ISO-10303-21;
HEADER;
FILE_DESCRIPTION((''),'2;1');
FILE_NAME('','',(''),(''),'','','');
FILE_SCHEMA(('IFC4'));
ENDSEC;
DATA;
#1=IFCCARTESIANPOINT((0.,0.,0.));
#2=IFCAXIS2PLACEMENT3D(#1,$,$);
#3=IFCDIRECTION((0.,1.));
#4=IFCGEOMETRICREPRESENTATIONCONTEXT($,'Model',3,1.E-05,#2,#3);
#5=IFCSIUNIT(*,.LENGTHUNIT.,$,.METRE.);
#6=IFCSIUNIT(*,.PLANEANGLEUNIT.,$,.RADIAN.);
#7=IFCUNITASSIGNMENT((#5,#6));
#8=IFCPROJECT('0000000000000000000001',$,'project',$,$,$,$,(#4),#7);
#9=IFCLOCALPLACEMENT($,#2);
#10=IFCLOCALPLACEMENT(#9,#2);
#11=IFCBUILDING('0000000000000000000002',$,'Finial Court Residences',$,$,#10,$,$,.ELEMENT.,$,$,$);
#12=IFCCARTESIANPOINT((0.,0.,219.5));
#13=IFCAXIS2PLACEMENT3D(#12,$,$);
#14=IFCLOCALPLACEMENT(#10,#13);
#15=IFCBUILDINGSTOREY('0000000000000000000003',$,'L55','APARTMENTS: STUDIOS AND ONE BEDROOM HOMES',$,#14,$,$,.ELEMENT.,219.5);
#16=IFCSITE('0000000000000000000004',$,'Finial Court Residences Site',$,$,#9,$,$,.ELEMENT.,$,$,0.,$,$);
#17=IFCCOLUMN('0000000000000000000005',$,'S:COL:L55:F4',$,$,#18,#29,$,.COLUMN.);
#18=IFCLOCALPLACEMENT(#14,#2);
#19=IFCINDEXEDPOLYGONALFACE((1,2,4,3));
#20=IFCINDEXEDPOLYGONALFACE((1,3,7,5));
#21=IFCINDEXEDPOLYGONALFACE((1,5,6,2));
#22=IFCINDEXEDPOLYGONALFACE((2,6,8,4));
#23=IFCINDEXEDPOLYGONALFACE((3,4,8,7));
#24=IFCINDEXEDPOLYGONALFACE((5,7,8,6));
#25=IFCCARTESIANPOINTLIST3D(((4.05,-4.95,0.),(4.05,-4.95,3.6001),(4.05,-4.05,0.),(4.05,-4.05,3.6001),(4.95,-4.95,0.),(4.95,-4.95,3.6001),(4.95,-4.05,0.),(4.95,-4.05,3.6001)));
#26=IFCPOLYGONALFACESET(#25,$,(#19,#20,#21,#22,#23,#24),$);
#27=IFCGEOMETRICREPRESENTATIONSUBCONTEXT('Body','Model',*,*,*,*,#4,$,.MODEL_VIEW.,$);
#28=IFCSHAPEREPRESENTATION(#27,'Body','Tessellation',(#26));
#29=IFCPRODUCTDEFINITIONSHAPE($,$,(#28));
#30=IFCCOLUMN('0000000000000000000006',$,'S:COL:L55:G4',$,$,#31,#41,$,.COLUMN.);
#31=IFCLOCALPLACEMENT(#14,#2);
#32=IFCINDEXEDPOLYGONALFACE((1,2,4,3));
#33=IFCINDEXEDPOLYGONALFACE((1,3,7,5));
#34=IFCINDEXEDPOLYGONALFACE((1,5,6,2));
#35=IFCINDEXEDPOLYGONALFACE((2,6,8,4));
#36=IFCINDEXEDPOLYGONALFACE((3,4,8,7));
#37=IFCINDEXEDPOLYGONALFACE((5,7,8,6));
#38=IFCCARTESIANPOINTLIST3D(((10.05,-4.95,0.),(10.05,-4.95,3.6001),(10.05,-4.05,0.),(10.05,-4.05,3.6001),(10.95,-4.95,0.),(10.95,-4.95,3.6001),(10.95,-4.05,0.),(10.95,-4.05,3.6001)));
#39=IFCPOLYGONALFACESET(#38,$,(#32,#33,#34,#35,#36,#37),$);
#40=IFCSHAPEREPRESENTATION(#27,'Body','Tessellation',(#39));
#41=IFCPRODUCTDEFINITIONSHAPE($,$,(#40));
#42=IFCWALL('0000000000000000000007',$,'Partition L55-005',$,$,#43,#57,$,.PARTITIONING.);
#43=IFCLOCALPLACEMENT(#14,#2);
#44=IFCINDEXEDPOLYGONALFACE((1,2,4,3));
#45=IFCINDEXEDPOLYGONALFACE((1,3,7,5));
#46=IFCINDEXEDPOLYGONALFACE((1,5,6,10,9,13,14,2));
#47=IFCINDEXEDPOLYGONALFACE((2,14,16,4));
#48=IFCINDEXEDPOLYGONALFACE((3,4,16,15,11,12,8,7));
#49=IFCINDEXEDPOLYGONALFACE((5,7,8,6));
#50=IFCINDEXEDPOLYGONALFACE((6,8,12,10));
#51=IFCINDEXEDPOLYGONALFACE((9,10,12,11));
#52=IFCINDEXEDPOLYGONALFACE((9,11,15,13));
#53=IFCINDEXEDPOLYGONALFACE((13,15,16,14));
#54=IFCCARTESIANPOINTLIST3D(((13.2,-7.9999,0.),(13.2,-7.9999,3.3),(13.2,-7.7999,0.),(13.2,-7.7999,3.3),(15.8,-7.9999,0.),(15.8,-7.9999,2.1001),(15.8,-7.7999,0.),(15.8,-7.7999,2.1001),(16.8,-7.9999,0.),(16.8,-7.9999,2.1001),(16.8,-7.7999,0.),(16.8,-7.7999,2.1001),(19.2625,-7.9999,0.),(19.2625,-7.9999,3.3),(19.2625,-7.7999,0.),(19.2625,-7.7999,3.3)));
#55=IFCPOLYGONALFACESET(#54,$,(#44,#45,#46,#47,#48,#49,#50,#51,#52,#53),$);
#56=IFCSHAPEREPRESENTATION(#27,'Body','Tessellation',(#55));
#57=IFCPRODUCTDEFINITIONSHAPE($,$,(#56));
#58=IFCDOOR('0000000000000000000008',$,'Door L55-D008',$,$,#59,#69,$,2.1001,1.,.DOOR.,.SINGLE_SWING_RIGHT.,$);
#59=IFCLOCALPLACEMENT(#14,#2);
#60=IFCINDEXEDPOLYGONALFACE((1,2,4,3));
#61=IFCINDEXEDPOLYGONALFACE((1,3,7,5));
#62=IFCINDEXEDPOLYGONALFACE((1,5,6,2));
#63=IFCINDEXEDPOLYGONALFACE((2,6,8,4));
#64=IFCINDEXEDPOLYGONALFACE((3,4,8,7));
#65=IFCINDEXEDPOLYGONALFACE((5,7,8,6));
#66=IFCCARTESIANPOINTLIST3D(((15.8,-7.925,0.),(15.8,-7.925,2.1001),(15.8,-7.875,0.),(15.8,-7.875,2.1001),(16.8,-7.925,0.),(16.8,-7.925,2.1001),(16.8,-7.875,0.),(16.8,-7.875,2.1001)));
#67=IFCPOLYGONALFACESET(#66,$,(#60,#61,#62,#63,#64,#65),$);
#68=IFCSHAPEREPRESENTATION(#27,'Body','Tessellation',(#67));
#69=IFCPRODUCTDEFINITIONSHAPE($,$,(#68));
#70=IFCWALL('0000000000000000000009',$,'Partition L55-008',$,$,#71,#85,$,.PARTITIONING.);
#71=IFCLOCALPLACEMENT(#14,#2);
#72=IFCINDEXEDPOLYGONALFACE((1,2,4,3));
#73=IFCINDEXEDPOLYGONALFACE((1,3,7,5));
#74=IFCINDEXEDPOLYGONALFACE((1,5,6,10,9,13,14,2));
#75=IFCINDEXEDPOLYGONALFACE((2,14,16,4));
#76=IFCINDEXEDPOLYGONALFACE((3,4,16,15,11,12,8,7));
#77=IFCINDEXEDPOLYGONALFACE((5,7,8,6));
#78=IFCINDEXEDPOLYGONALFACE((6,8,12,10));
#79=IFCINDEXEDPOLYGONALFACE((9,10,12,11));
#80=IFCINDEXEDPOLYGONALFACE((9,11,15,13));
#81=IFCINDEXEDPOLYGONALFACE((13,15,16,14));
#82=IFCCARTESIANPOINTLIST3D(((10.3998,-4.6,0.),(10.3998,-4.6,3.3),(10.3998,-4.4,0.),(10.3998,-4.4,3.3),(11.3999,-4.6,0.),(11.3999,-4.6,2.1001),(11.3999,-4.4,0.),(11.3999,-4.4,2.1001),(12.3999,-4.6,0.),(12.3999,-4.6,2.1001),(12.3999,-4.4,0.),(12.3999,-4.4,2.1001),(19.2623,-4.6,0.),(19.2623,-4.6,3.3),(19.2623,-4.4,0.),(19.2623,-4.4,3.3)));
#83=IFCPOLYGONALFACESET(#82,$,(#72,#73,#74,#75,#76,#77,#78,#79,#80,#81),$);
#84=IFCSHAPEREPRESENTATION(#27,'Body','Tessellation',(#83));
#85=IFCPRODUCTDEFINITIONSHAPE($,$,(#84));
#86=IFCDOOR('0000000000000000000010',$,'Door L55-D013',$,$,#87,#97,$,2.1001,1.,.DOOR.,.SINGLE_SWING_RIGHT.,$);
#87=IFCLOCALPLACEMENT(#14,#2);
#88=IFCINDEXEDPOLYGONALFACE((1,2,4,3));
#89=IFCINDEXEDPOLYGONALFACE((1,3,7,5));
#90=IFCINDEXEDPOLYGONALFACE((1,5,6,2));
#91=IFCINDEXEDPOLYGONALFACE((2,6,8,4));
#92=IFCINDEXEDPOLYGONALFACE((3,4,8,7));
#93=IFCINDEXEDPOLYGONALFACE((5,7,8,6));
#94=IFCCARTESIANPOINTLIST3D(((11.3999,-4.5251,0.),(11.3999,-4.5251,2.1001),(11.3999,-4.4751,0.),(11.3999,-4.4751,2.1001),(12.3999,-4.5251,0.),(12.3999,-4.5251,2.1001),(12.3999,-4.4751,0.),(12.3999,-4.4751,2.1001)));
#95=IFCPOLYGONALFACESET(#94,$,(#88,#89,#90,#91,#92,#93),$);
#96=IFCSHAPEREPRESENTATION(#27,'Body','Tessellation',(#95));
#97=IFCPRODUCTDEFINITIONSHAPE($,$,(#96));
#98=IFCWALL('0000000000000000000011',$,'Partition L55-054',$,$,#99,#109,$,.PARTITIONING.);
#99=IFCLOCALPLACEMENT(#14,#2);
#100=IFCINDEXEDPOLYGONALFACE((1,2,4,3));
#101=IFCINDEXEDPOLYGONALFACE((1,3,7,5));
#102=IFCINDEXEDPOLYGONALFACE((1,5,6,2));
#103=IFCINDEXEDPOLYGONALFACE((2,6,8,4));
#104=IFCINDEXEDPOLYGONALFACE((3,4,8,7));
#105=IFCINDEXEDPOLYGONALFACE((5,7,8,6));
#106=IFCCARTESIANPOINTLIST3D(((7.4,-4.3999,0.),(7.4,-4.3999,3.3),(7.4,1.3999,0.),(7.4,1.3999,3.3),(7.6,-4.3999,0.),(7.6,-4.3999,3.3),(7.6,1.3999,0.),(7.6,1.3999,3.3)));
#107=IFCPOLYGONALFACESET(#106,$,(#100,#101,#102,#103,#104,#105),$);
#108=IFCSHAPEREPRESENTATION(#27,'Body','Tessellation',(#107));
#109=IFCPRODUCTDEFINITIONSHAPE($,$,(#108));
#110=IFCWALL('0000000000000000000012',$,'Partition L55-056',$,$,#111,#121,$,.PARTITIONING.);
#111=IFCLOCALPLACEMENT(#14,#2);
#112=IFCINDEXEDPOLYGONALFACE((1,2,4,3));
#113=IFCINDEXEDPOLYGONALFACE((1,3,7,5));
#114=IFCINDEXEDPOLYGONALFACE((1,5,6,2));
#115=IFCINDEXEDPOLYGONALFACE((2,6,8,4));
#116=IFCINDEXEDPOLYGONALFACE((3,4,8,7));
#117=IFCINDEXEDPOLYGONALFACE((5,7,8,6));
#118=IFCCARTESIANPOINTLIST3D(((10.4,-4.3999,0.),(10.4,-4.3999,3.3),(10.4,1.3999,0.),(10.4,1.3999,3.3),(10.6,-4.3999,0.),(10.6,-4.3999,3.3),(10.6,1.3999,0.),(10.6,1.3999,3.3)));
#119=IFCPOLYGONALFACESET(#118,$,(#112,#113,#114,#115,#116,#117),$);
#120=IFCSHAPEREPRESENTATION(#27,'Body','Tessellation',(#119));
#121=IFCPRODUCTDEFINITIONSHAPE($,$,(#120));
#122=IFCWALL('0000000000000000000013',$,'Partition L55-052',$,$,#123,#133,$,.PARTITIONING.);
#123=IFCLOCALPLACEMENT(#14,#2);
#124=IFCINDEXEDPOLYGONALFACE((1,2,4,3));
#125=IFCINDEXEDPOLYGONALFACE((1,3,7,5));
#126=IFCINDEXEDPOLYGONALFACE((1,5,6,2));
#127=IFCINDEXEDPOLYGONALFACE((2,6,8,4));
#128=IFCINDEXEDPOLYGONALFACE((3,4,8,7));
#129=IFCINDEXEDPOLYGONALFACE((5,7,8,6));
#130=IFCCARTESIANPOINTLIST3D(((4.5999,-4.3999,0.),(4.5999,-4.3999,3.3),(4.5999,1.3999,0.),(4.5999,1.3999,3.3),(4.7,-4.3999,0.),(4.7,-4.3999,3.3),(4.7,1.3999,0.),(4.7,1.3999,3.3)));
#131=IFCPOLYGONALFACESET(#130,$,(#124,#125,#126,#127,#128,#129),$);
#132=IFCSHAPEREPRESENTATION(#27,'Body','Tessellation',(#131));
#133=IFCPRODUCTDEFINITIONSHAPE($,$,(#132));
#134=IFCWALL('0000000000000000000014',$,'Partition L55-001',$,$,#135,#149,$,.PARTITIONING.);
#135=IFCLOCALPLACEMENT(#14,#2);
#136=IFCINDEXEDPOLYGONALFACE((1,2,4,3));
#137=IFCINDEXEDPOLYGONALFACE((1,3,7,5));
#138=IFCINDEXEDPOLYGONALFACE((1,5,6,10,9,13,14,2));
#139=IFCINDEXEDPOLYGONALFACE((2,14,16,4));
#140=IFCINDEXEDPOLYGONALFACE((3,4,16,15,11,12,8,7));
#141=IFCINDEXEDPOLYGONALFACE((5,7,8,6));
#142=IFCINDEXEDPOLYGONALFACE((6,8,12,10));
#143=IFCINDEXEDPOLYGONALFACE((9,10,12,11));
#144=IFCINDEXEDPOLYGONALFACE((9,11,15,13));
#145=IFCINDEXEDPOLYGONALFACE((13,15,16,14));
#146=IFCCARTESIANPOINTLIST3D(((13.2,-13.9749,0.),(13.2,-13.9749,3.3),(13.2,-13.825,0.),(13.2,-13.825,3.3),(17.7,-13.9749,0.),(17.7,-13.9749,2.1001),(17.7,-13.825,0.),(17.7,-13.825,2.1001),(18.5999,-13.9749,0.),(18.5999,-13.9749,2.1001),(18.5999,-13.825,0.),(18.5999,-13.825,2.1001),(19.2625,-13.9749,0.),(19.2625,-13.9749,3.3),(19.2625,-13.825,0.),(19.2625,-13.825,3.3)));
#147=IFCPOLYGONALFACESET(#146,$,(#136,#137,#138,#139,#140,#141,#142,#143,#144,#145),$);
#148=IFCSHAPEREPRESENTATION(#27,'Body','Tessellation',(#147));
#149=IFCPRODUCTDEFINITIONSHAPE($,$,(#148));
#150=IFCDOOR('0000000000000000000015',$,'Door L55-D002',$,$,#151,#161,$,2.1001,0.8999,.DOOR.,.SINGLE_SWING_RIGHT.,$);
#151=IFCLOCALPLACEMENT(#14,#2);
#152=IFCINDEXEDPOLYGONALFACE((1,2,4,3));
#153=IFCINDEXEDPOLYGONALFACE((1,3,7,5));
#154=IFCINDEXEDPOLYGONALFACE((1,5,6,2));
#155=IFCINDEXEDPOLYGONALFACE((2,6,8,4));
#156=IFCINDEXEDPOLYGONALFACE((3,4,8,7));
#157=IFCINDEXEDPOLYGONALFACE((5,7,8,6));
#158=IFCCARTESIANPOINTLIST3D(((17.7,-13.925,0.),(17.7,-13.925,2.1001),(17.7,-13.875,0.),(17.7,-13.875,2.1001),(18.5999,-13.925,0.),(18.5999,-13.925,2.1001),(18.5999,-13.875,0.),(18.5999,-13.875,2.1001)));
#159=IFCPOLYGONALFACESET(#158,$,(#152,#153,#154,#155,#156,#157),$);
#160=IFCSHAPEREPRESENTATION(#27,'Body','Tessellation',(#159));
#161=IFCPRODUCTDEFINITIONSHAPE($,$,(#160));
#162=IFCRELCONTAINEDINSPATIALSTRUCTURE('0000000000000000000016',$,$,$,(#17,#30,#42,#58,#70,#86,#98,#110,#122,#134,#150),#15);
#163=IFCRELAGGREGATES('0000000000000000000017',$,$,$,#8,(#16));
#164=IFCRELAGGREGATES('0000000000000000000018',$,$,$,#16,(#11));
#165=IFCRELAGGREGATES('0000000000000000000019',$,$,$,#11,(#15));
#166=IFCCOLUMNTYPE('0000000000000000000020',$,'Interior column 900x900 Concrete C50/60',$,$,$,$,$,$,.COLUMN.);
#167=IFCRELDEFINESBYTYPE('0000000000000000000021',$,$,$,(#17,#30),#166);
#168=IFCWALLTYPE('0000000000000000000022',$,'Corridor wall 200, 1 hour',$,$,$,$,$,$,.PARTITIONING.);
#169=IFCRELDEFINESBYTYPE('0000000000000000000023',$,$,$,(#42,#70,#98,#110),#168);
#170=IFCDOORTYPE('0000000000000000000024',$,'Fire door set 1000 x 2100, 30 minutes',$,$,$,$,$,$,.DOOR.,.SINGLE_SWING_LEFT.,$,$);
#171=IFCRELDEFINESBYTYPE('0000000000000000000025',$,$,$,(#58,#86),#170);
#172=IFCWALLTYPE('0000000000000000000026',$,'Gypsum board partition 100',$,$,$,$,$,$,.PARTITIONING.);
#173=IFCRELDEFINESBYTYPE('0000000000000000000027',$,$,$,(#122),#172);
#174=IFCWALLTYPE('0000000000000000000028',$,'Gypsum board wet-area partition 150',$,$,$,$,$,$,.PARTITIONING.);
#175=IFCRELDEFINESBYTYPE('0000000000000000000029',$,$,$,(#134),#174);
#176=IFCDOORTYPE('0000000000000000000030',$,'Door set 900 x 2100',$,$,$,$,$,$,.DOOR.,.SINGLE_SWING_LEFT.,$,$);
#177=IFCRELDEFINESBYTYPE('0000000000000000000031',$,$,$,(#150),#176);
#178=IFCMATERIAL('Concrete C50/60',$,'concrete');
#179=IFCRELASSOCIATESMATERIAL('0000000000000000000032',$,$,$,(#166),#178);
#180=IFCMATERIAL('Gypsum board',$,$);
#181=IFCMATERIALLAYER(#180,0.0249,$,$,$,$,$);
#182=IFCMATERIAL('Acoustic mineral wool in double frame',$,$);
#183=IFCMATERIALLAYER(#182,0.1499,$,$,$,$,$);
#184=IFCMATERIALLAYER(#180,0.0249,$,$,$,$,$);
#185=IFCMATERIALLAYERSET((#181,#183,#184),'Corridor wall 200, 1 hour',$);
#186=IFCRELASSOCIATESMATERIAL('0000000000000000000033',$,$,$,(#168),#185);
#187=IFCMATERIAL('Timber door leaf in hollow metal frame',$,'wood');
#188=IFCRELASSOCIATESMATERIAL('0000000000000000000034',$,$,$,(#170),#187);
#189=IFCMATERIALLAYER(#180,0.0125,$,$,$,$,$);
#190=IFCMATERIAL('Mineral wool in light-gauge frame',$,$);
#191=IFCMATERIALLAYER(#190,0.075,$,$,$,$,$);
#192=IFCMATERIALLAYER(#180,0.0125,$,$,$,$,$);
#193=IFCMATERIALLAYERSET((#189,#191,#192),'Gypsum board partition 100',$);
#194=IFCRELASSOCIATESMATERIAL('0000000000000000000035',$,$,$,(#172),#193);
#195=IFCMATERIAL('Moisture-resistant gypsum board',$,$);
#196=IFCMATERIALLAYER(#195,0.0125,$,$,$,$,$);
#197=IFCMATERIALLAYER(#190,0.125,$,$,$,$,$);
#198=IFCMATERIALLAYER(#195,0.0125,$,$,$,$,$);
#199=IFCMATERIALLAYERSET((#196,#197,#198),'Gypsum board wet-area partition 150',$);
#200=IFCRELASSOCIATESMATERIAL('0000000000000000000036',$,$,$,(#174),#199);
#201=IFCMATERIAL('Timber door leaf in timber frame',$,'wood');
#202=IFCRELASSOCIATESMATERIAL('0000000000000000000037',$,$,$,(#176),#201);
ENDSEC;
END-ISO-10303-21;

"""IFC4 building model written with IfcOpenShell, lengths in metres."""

from ifc_helpers import new_model, si_unit, direction, frame, frame_2d, origin, origin_2d, place, context, subcontext, project, spatial, rectangle, extrude, material, layer, layer_set, material_profile, profile_set, type_object, element, fill, save


model = new_model("IFC4")

# Units and contexts
model_context = context("Model", 3, precision=1e-05, world=origin(), true_north=direction((0.0, 1.0)))
body_context = subcontext(model_context, "Body", "Model", "MODEL_VIEW")
ifc_project = project(units=[si_unit("LENGTHUNIT", "METRE"), si_unit("PLANEANGLEUNIT", "RADIAN")], contexts=[model_context])

# Site, building, storey
site_placement = place(None, origin())
site = spatial("IfcSite", under=ifc_project, at=site_placement, Name="Finial Court Residences Site", CompositionType="ELEMENT", RefElevation=0.0)
building_placement = place(site_placement, origin())
building = spatial("IfcBuilding", under=site, at=building_placement, Name="Finial Court Residences", CompositionType="ELEMENT")
storey_placement = place(building_placement, frame((0.0, 0.0, 219.5)))
storey = spatial("IfcBuildingStorey", under=building, at=storey_placement, Name="L55", Description="APARTMENTS: STUDIOS AND ONE BEDROOM HOMES", CompositionType="ELEMENT", Elevation=219.5)

# Columns
ifc_material_1 = material(Name="Concrete C50/60", Category="concrete")
ifc_material_profile = material_profile(ifc_material_1, rectangle(XDim=0.8999, YDim=0.8999, at=origin_2d()), Name="900x900")
ifc_profile_set = profile_set([ifc_material_profile], Name="Concrete C50/60")
column_type = type_object("IfcColumnType", Name="Interior column 900x900 Concrete C50/60", PredefinedType="COLUMN", material=ifc_profile_set)
for number, where, z_axis, x_axis, name in (
    (1, (4.5, -4.5, 0.0), (0.0, 0.0, 1.0), (1.0, 0.0, 0.0), "S:COL:L55:F4"),
    (2, (10.5, -4.5, 0.0), (0.0, 0.0, 1.0), (1.0, 0.0, 0.0), "S:COL:L55:G4"),
):
    element("IfcColumn", number, at=place(storey_placement, frame(where, z_axis=z_axis, x_axis=x_axis)), inside=storey, type_object=column_type, Name=name, PredefinedType="COLUMN", context=body_context, shape_type="SweptSolid", body=[
        extrude(rectangle(XDim=0.8999, YDim=0.8999, at=origin_2d()), origin(), (0.0, 0.0, 1.0), 3.6001),
    ])

# Walls, openings, doors
ifc_material_2 = material(Name="Gypsum board")
ifc_layer_1 = layer(ifc_material_2, 0.0249)
ifc_material_3 = material(Name="Acoustic mineral wool in double frame")
ifc_layer_2 = layer(ifc_material_3, 0.1499)
ifc_layer_3 = layer(ifc_material_2, 0.0249)
ifc_layer_set_1 = layer_set([ifc_layer_1, ifc_layer_2, ifc_layer_3], Name="Corridor wall 200, 1 hour")
wall_type_1 = type_object("IfcWallType", Name="Corridor wall 200, 1 hour", PredefinedType="PARTITIONING", material=ifc_layer_set_1)
wall_1_placement = place(storey_placement, frame((13.2, -7.8999, 0.0), z_axis=(0.0, 0.0, 1.0), x_axis=(1.0, 0.0, 0.0)))
wall_1 = element("IfcWall", 3, at=wall_1_placement, inside=storey, type_object=wall_type_1, Name="Partition L55-005", PredefinedType="PARTITIONING", context=body_context, shape_type="SweptSolid", body=[
    extrude(rectangle(XDim=6.0625, YDim=0.2, at=frame_2d((3.0312, 0.0))), origin(), (0.0, 0.0, 1.0), 3.3),
])
opening_1_placement = place(wall_1_placement, frame((2.6001, 0.0, 0.0)))
opening_1 = element("IfcOpeningElement", 4, at=opening_1_placement, cuts=wall_1, PredefinedType="OPENING", context=body_context, shape_type="SweptSolid", body=[
    extrude(rectangle(XDim=1.0, YDim=2.1001, at=frame_2d((0.5, 1.05))), frame((0.0, 0.1099, 0.0), z_axis=(0.0, -1.0, 0.0), x_axis=(1.0, 0.0, 0.0)), (0.0, 0.0, 1.0), 0.22),
])
ifc_material_4 = material(Name="Timber door leaf in hollow metal frame", Category="wood")
door_type_1 = type_object("IfcDoorType", Name="Fire door set 1000 x 2100, 30 minutes", OperationType="SINGLE_SWING_LEFT", PredefinedType="DOOR", material=ifc_material_4)
door_1_placement = place(opening_1_placement, origin())
door_1 = element("IfcDoor", 5, at=door_1_placement, inside=storey, type_object=door_type_1, Name="Door L55-D008", OperationType="SINGLE_SWING_RIGHT", OverallHeight=2.1001, OverallWidth=1.0, PredefinedType="DOOR", context=body_context, shape_type="SweptSolid", body=[
    extrude(rectangle(XDim=1.0, YDim=2.1001, at=frame_2d((0.5, 1.05))), frame((0.0, 0.0249, 0.0), z_axis=(0.0, -1.0, 0.0), x_axis=(1.0, 0.0, 0.0)), (0.0, 0.0, 1.0), 0.05),
])
fill(opening_1, door_1)
wall_2_placement = place(storey_placement, frame((10.3999, -4.5, 0.0), z_axis=(0.0, 0.0, 1.0), x_axis=(1.0, 0.0, 0.0)))
wall_2 = element("IfcWall", 6, at=wall_2_placement, inside=storey, type_object=wall_type_1, Name="Partition L55-008", PredefinedType="PARTITIONING", context=body_context, shape_type="SweptSolid", body=[
    extrude(rectangle(XDim=8.8625, YDim=0.2, at=frame_2d((4.4312, 0.0))), origin(), (0.0, 0.0, 1.0), 3.3),
])
opening_2_placement = place(wall_2_placement, frame((1.0, 0.0, 0.0)))
opening_2 = element("IfcOpeningElement", 7, at=opening_2_placement, cuts=wall_2, PredefinedType="OPENING", context=body_context, shape_type="SweptSolid", body=[
    extrude(rectangle(XDim=1.0, YDim=2.1001, at=frame_2d((0.5, 1.05))), frame((0.0, 0.1099, 0.0), z_axis=(0.0, -1.0, 0.0), x_axis=(1.0, 0.0, 0.0)), (0.0, 0.0, 1.0), 0.22),
])
door_2_placement = place(opening_2_placement, origin())
door_2 = element("IfcDoor", 8, at=door_2_placement, inside=storey, type_object=door_type_1, Name="Door L55-D013", OperationType="SINGLE_SWING_RIGHT", OverallHeight=2.1001, OverallWidth=1.0, PredefinedType="DOOR", context=body_context, shape_type="SweptSolid", body=[
    extrude(rectangle(XDim=1.0, YDim=2.1001, at=frame_2d((0.5, 1.05))), frame((0.0, 0.0249, 0.0), z_axis=(0.0, -1.0, 0.0), x_axis=(1.0, 0.0, 0.0)), (0.0, 0.0, 1.0), 0.05),
])
fill(opening_2, door_2)

# Walls
for number, where, z_axis, x_axis, name in (
    (9, (7.5, -4.3999, 0.0), (0.0, 0.0, 1.0), (0.0, 1.0, 0.0), "Partition L55-054"),
    (10, (10.5, -4.3999, 0.0), (0.0, 0.0, 1.0), (0.0, 1.0, 0.0), "Partition L55-056"),
):
    element("IfcWall", number, at=place(storey_placement, frame(where, z_axis=z_axis, x_axis=x_axis)), inside=storey, type_object=wall_type_1, Name=name, PredefinedType="PARTITIONING", context=body_context, shape_type="SweptSolid", body=[
        extrude(rectangle(XDim=5.7998, YDim=0.2, at=frame_2d((2.8999, 0.0))), origin(), (0.0, 0.0, 1.0), 3.3),
    ])
ifc_layer_4 = layer(ifc_material_2, 0.0125)
ifc_material_5 = material(Name="Mineral wool in light-gauge frame")
ifc_layer_5 = layer(ifc_material_5, 0.075)
ifc_layer_6 = layer(ifc_material_2, 0.0125)
ifc_layer_set_2 = layer_set([ifc_layer_4, ifc_layer_5, ifc_layer_6], Name="Gypsum board partition 100")
wall_type_2 = type_object("IfcWallType", Name="Gypsum board partition 100", PredefinedType="PARTITIONING", material=ifc_layer_set_2)
wall_3_placement = place(storey_placement, frame((4.6499, -4.3999, 0.0), z_axis=(0.0, 0.0, 1.0), x_axis=(0.0, 1.0, 0.0)))
element("IfcWall", 11, at=wall_3_placement, inside=storey, type_object=wall_type_2, Name="Partition L55-052", PredefinedType="PARTITIONING", context=body_context, shape_type="SweptSolid", body=[
    extrude(rectangle(XDim=5.7998, YDim=0.1001, at=frame_2d((2.8999, 0.0))), origin(), (0.0, 0.0, 1.0), 3.3),
])

# Wall, opening, door
ifc_material_6 = material(Name="Moisture-resistant gypsum board")
ifc_layer_7 = layer(ifc_material_6, 0.0125)
ifc_layer_8 = layer(ifc_material_5, 0.125)
ifc_layer_9 = layer(ifc_material_6, 0.0125)
ifc_layer_set_3 = layer_set([ifc_layer_7, ifc_layer_8, ifc_layer_9], Name="Gypsum board wet-area partition 150")
wall_type_3 = type_object("IfcWallType", Name="Gypsum board wet-area partition 150", PredefinedType="PARTITIONING", material=ifc_layer_set_3)
wall_4_placement = place(storey_placement, frame((13.2, -13.8999, 0.0), z_axis=(0.0, 0.0, 1.0), x_axis=(1.0, 0.0, 0.0)))
wall_4 = element("IfcWall", 12, at=wall_4_placement, inside=storey, type_object=wall_type_3, Name="Partition L55-001", PredefinedType="PARTITIONING", context=body_context, shape_type="SweptSolid", body=[
    extrude(rectangle(XDim=6.0625, YDim=0.1499, at=frame_2d((3.0312, 0.0))), origin(), (0.0, 0.0, 1.0), 3.3),
])
opening_3_placement = place(wall_4_placement, frame((4.5, 0.0, 0.0)))
opening_3 = element("IfcOpeningElement", 13, at=opening_3_placement, cuts=wall_4, PredefinedType="OPENING", context=body_context, shape_type="SweptSolid", body=[
    extrude(rectangle(XDim=0.8999, YDim=2.1001, at=frame_2d((0.45, 1.05))), frame((0.0, 0.085, 0.0), z_axis=(0.0, -1.0, 0.0), x_axis=(1.0, 0.0, 0.0)), (0.0, 0.0, 1.0), 0.1699),
])
ifc_material_7 = material(Name="Timber door leaf in timber frame", Category="wood")
door_type_2 = type_object("IfcDoorType", Name="Door set 900 x 2100", OperationType="SINGLE_SWING_LEFT", PredefinedType="DOOR", material=ifc_material_7)
door_3_placement = place(opening_3_placement, origin())
door_3 = element("IfcDoor", 14, at=door_3_placement, inside=storey, type_object=door_type_2, Name="Door L55-D002", OperationType="SINGLE_SWING_RIGHT", OverallHeight=2.1001, OverallWidth=0.8999, PredefinedType="DOOR", context=body_context, shape_type="SweptSolid", body=[
    extrude(rectangle(XDim=0.8999, YDim=2.1001, at=frame_2d((0.45, 1.05))), frame((0.0, 0.0249, 0.0), z_axis=(0.0, -1.0, 0.0), x_axis=(1.0, 0.0, 0.0)), (0.0, 0.0, 1.0), 0.05),
])
fill(opening_3, door_3)

save(model, "model.ifc")
